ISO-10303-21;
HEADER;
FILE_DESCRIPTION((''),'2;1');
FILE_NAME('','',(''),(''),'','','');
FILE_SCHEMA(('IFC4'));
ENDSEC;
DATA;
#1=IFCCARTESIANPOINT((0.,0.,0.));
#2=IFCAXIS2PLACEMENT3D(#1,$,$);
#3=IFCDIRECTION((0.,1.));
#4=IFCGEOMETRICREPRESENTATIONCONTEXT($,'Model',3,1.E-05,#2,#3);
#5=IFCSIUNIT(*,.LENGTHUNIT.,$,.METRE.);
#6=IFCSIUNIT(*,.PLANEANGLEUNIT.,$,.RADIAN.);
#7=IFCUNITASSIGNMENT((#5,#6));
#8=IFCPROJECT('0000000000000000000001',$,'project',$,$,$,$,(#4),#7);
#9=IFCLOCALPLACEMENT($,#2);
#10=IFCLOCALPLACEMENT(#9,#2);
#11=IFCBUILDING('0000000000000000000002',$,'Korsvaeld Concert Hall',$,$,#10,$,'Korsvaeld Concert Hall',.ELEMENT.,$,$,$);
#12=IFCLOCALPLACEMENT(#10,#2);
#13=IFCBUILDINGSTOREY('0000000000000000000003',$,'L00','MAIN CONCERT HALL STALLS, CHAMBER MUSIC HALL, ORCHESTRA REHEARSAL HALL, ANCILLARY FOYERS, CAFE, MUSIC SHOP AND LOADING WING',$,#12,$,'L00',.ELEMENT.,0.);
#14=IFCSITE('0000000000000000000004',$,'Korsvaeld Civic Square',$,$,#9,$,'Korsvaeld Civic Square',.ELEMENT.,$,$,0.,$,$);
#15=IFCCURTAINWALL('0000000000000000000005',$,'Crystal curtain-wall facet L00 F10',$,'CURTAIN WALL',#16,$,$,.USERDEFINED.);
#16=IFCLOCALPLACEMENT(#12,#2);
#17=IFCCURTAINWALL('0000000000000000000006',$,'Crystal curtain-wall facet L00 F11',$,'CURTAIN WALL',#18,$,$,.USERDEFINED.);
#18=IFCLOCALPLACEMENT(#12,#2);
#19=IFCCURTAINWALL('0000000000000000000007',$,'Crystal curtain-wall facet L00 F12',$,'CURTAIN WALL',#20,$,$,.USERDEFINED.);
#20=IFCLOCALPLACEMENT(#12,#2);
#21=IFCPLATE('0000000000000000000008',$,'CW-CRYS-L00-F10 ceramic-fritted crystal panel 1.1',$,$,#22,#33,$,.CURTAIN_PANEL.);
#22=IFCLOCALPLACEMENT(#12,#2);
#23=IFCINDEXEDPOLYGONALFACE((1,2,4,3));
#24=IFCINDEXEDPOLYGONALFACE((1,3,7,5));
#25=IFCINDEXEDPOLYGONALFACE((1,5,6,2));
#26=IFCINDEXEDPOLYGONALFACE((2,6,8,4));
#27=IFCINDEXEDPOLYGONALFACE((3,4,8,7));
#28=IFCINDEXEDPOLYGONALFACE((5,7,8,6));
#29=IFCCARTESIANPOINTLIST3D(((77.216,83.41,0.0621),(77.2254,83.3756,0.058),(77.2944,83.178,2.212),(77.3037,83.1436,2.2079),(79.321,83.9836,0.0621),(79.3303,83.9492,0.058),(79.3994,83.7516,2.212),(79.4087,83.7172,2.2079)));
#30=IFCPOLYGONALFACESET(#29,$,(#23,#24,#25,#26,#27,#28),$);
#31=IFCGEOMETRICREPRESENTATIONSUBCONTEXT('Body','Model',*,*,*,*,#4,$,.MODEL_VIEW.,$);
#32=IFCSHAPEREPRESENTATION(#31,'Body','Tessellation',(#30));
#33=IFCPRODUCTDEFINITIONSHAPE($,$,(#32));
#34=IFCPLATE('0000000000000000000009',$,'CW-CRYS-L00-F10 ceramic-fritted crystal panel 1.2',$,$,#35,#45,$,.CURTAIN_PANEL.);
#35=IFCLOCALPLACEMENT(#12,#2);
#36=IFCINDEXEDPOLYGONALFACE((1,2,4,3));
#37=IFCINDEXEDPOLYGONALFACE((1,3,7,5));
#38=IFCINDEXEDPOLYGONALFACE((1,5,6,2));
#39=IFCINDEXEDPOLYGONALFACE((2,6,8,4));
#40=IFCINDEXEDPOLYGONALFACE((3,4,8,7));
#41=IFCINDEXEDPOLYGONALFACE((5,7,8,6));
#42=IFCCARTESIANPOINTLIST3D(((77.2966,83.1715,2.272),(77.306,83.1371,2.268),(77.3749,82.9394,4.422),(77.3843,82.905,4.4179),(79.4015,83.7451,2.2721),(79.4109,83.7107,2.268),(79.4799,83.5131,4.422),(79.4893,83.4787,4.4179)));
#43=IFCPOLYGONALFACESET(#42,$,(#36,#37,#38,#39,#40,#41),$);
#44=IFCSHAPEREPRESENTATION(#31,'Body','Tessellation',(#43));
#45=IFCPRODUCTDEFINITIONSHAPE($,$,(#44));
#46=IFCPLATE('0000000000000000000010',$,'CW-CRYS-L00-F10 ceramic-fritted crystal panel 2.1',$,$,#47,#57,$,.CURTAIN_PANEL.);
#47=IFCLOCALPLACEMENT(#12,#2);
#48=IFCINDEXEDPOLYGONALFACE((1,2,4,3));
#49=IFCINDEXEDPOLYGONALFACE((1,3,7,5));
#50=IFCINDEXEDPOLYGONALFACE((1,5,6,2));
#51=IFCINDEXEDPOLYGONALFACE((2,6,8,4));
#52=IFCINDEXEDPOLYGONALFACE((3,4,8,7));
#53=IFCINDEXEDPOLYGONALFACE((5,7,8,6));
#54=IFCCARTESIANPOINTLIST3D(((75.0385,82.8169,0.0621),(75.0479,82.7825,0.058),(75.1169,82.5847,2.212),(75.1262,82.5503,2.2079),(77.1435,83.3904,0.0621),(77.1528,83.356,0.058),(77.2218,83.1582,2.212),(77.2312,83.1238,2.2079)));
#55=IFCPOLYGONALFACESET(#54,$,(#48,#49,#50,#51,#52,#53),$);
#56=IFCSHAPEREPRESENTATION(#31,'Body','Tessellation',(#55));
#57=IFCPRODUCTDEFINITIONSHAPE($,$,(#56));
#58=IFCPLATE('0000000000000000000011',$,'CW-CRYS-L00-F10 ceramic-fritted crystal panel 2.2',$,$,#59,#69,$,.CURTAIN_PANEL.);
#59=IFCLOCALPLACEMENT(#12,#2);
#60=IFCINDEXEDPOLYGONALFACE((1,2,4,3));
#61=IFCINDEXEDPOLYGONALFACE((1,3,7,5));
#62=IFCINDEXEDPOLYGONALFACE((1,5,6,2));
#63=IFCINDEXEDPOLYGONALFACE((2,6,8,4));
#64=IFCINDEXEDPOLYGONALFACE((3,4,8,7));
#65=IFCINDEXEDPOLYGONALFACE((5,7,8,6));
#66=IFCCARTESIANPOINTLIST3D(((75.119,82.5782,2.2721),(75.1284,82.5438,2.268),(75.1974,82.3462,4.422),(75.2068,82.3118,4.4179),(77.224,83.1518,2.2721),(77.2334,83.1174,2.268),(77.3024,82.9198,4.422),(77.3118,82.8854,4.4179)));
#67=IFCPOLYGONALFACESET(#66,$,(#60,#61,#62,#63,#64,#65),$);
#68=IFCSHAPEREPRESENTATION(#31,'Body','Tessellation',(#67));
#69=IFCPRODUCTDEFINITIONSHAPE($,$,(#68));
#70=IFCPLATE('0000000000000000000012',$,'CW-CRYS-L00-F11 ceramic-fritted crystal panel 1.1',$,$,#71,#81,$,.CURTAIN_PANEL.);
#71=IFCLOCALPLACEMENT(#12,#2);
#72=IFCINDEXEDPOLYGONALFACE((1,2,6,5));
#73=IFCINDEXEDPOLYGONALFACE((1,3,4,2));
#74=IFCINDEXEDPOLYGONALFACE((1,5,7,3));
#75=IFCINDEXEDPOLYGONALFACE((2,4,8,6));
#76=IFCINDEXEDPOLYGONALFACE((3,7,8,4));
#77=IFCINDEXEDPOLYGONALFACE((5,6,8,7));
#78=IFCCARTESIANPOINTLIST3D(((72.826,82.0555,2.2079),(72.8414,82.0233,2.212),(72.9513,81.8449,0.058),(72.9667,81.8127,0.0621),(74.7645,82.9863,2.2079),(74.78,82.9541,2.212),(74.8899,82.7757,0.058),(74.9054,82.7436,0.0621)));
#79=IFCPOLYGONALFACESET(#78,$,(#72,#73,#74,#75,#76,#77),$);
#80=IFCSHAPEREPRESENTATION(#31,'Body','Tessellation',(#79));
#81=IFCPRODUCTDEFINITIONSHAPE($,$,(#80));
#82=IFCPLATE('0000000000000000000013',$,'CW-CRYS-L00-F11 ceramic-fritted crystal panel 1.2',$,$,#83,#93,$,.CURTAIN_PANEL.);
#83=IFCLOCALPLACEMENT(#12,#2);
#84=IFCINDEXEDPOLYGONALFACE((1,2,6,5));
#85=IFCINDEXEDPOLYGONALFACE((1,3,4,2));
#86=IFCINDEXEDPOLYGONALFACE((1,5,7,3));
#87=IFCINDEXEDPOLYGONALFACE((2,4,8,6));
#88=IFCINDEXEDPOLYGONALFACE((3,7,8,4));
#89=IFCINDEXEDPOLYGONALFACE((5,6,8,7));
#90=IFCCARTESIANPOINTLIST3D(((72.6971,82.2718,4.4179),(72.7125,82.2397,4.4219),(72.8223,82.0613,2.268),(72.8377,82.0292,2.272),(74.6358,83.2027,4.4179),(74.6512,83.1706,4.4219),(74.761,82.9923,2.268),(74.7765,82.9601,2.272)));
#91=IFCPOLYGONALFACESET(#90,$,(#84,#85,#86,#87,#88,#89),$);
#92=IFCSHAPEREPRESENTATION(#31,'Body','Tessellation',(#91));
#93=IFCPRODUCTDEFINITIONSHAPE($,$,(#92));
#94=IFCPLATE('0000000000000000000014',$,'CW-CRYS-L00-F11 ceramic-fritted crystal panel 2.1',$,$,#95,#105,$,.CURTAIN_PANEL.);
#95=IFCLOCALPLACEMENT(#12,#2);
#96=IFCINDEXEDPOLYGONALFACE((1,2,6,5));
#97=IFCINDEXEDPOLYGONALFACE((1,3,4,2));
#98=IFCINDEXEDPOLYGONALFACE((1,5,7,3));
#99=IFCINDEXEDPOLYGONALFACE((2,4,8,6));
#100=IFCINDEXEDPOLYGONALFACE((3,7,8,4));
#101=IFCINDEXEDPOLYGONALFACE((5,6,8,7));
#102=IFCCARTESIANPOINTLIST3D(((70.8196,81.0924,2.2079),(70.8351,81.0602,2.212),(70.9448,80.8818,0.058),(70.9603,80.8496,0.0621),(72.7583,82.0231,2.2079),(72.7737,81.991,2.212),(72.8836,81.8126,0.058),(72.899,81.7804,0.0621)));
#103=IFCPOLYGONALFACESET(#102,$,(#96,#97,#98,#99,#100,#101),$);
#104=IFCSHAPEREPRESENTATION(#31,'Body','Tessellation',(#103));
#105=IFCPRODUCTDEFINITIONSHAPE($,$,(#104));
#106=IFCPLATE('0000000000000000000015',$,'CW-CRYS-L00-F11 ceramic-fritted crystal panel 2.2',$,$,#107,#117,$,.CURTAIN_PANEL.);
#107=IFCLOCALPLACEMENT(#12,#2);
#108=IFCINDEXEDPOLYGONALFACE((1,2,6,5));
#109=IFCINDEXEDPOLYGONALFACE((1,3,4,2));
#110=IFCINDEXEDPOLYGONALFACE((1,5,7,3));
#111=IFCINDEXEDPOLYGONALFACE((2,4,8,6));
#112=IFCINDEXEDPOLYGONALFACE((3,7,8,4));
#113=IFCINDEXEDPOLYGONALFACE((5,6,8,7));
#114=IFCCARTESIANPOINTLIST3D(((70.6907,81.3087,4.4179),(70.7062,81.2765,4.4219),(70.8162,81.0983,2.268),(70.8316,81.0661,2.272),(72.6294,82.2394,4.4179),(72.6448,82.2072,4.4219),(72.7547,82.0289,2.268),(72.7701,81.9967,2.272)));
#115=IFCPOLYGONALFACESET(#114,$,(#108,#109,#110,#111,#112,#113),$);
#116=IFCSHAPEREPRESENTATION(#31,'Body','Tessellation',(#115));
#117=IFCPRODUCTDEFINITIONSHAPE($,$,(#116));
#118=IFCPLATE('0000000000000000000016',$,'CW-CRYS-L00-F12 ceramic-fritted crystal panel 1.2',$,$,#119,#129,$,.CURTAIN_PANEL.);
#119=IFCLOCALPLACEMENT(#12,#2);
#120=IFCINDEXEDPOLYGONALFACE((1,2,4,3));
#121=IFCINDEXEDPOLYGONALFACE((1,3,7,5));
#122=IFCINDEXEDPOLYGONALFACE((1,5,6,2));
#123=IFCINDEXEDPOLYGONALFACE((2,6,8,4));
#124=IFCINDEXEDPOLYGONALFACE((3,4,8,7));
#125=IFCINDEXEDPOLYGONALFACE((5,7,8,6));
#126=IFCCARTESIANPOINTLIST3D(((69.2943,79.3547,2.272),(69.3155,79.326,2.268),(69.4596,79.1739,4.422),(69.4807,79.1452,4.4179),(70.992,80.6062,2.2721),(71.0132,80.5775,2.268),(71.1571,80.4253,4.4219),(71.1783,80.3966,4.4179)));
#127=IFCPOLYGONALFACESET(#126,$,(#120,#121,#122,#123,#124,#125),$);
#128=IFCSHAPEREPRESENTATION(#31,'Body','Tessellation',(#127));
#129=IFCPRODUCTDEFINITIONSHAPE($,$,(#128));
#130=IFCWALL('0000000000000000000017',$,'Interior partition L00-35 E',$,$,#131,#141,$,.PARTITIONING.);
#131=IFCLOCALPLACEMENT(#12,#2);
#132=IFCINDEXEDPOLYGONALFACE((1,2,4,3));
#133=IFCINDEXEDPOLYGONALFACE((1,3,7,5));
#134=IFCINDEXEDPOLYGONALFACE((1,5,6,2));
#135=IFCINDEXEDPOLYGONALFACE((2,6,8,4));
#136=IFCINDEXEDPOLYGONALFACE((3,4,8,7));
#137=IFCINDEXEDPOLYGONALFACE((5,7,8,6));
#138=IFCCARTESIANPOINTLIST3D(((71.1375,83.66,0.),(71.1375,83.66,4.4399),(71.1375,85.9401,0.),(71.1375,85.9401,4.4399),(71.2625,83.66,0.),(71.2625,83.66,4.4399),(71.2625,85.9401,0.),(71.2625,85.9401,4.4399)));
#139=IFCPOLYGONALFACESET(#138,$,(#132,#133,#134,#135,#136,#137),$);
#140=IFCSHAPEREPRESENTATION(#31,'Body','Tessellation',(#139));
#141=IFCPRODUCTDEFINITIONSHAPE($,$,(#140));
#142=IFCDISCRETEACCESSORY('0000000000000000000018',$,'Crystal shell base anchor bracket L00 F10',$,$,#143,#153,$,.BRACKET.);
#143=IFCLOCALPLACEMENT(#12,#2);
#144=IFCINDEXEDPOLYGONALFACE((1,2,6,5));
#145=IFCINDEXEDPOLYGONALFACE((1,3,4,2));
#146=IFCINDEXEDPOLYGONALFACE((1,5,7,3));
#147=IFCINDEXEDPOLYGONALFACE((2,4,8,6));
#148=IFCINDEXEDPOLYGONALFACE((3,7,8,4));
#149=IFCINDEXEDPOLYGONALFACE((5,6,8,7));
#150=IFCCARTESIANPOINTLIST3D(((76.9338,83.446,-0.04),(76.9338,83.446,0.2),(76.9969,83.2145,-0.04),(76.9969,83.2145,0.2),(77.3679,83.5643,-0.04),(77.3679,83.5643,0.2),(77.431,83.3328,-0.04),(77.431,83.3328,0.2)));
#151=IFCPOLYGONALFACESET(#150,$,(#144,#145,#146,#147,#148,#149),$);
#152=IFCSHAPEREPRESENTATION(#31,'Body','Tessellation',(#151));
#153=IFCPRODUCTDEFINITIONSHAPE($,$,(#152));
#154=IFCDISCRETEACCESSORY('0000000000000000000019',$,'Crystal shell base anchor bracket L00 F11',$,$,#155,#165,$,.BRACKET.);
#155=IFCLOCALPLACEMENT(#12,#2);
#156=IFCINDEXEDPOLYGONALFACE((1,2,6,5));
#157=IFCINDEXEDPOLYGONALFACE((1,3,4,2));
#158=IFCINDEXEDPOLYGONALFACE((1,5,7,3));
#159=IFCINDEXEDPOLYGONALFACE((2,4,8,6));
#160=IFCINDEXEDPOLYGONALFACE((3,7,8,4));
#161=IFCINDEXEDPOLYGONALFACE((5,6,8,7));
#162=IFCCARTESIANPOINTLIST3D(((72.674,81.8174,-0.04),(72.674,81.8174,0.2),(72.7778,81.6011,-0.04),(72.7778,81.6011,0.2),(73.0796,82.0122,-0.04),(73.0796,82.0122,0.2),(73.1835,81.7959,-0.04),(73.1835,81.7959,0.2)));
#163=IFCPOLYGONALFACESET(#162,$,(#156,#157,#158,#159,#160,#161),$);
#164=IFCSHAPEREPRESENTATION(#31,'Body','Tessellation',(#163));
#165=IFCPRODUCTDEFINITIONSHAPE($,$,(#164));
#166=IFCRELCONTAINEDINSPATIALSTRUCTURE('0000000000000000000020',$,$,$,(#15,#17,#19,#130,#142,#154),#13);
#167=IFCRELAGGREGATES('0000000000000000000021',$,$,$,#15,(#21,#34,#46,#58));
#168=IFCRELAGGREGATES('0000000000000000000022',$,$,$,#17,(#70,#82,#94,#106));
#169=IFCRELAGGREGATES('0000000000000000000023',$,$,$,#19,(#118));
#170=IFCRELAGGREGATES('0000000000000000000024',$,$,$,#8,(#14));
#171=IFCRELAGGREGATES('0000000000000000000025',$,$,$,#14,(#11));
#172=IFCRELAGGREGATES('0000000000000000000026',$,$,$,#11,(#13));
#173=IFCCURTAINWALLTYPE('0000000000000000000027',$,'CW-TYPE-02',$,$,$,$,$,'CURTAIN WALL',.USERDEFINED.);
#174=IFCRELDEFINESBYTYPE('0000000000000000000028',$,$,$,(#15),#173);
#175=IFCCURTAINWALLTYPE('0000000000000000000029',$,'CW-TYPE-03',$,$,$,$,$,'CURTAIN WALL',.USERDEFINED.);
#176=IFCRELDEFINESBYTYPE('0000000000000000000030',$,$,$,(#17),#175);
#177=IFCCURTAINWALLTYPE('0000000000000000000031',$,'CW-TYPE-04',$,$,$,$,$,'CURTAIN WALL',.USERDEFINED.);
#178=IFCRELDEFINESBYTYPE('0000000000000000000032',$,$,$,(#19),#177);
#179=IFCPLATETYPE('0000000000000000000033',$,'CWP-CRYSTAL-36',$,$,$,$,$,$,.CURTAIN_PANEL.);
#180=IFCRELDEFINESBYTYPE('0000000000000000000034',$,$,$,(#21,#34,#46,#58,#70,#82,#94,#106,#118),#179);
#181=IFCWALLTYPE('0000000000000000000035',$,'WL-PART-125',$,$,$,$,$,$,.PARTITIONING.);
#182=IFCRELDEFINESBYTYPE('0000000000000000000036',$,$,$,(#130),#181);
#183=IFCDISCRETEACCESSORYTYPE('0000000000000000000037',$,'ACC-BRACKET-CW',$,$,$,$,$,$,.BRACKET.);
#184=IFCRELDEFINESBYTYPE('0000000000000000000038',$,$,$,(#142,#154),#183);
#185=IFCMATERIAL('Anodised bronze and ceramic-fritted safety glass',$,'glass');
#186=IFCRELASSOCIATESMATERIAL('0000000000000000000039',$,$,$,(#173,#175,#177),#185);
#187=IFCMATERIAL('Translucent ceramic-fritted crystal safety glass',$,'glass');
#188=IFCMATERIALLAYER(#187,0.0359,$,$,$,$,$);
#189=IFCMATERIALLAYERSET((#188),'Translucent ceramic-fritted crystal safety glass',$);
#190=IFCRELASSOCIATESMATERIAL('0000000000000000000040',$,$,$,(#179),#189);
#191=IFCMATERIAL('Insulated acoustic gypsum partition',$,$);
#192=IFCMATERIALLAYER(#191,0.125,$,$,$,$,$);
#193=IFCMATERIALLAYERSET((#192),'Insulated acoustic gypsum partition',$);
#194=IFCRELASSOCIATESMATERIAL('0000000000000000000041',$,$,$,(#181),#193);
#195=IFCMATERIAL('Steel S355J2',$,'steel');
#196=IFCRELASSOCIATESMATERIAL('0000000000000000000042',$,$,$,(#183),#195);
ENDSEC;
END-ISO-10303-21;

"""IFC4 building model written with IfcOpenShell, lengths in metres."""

from ifc_helpers import new_model, si_unit, direction, frame, frame_2d, origin, origin_2d, place, context, subcontext, project, spatial, polyline, rectangle, outline, extrude, material, layer, layer_set, type_object, element, aggregate, save


model = new_model("IFC4")

# Units and contexts
model_context = context("Model", 3, precision=1e-05, world=origin(), true_north=direction((0.0, 1.0)))
body_context = subcontext(model_context, "Body", "Model", "MODEL_VIEW")
ifc_project = project(units=[si_unit("LENGTHUNIT", "METRE"), si_unit("PLANEANGLEUNIT", "RADIAN")], contexts=[model_context])

# Site, building, storey
site_placement = place(None, origin())
site = spatial("IfcSite", under=ifc_project, at=site_placement, Name="Korsvaeld Civic Square", LongName="Korsvaeld Civic Square", CompositionType="ELEMENT", RefElevation=0.0)
building_placement = place(site_placement, origin())
building = spatial("IfcBuilding", under=site, at=building_placement, Name="Korsvaeld Concert Hall", LongName="Korsvaeld Concert Hall", CompositionType="ELEMENT")
storey_placement = place(building_placement, origin())
storey = spatial("IfcBuildingStorey", under=building, at=storey_placement, Name="L00", Description="MAIN CONCERT HALL STALLS, CHAMBER MUSIC HALL, ORCHESTRA REHEARSAL HALL, ANCILLARY FOYERS, CAFE, MUSIC SHOP AND LOADING WING", LongName="L00", CompositionType="ELEMENT", Elevation=0.0)

# Curtain wall
ifc_material_1 = material(Name="Anodised bronze and ceramic-fritted safety glass", Category="glass")
curtain_wall_type_1 = type_object("IfcCurtainWallType", Name="CW-TYPE-02", ElementType="CURTAIN WALL", PredefinedType="USERDEFINED", material=ifc_material_1)
curtain_wall_1_placement = place(storey_placement, origin())
curtain_wall_1 = element("IfcCurtainWall", 1, at=curtain_wall_1_placement, inside=storey, type_object=curtain_wall_type_1, Name="Crystal curtain-wall facet L00 F10", ObjectType="CURTAIN WALL", PredefinedType="USERDEFINED")

# Curtain wall
curtain_wall_type_2 = type_object("IfcCurtainWallType", Name="CW-TYPE-03", ElementType="CURTAIN WALL", PredefinedType="USERDEFINED", material=ifc_material_1)
curtain_wall_2_placement = place(storey_placement, origin())
curtain_wall_2 = element("IfcCurtainWall", 2, at=curtain_wall_2_placement, inside=storey, type_object=curtain_wall_type_2, Name="Crystal curtain-wall facet L00 F11", ObjectType="CURTAIN WALL", PredefinedType="USERDEFINED")

# Curtain wall
curtain_wall_type_3 = type_object("IfcCurtainWallType", Name="CW-TYPE-04", ElementType="CURTAIN WALL", PredefinedType="USERDEFINED", material=ifc_material_1)
curtain_wall_3_placement = place(storey_placement, origin())
curtain_wall_3 = element("IfcCurtainWall", 3, at=curtain_wall_3_placement, inside=storey, type_object=curtain_wall_type_3, Name="Crystal curtain-wall facet L00 F12", ObjectType="CURTAIN WALL", PredefinedType="USERDEFINED")

# Plates
ifc_material_2 = material(Name="Translucent ceramic-fritted crystal safety glass", Category="glass")
ifc_layer_1 = layer(ifc_material_2, 0.0359)
ifc_layer_set_1 = layer_set([ifc_layer_1], Name="Translucent ceramic-fritted crystal safety glass")
plate_type = type_object("IfcPlateType", Name="CWP-CRYSTAL-36", PredefinedType="CURTAIN_PANEL", material=ifc_layer_set_1)
plate_1_placement = place(storey_placement, frame((79.3257, 83.9663, 0.0601), z_axis=(-0.26123, 0.95864, 0.112996), x_axis=(-0.96482, -0.262913, -0.000006)))
plate_1 = element("IfcPlate", 4, at=plate_1_placement, type_object=plate_type, Name="CW-CRYS-L00-F10 ceramic-fritted crystal panel 1.1", PredefinedType="CURTAIN_PANEL", context=body_context, shape_type="SweptSolid", body=[
    extrude(outline(polyline([(0.0, 0.0), (2.1817, 0.0), (2.1671, 2.1638), (-0.0146, 2.1637), (0.0, 0.0)])), frame((0.0, 0.0, 0.0181)), (0.0, 0.0, -1.0), 0.0359),
])
plate_2_placement = place(storey_placement, frame((79.4062, 83.7278, 2.27), z_axis=(-0.26123, 0.95864, 0.112996), x_axis=(-0.96482, -0.262913, -0.000006)))
plate_2 = element("IfcPlate", 5, at=plate_2_placement, type_object=plate_type, Name="CW-CRYS-L00-F10 ceramic-fritted crystal panel 1.2", PredefinedType="CURTAIN_PANEL", context=body_context, shape_type="SweptSolid", body=[
    extrude(outline(polyline([(0.0, 0.0), (2.1817, 0.0), (2.1671, 2.1638), (-0.0146, 2.1637), (0.0, 0.0)])), frame((0.0, 0.0, 0.0181)), (0.0, 0.0, -1.0), 0.0359),
])
plate_3_placement = place(storey_placement, frame((77.1482, 83.373, 0.0601), z_axis=(-0.261177, 0.958648, 0.113049), x_axis=(-0.964834, -0.262862, 0.0)))
plate_3 = element("IfcPlate", 6, at=plate_3_placement, type_object=plate_type, Name="CW-CRYS-L00-F10 ceramic-fritted crystal panel 2.1", PredefinedType="CURTAIN_PANEL", context=body_context, shape_type="SweptSolid", body=[
    extrude(outline(polyline([(0.0, 0.0), (2.1817, 0.0), (2.1671, 2.1638), (-0.0146, 2.1638), (0.0, 0.0)])), frame((0.0, 0.0, 0.0181)), (0.0, 0.0, -1.0), 0.0359),
])
plate_4_placement = place(storey_placement, frame((77.2288, 83.1345, 2.27), z_axis=(-0.26123, 0.95864, 0.112996), x_axis=(-0.964819, -0.262914, 0.000006)))
plate_4 = element("IfcPlate", 7, at=plate_4_placement, type_object=plate_type, Name="CW-CRYS-L00-F10 ceramic-fritted crystal panel 2.2", PredefinedType="CURTAIN_PANEL", context=body_context, shape_type="SweptSolid", body=[
    extrude(outline(polyline([(0.0, 0.0), (2.1818, 0.0), (2.1671, 2.1637), (-0.0146, 2.1638), (0.0, 0.0)])), frame((0.0, 0.0, 0.0181)), (0.0, 0.0, -1.0), 0.0359),
])
aggregate(curtain_wall_1, [plate_1, plate_2, plate_3, plate_4])
plate_5_placement = place(storey_placement, frame((74.8977, 82.7595, 0.0601), z_axis=(-0.430066, 0.895722, -0.112809), x_axis=(-0.901477, -0.432828, 0.000008)))
plate_5 = element("IfcPlate", 8, at=plate_5_placement, type_object=plate_type, Name="CW-CRYS-L00-F11 ceramic-fritted crystal panel 1.1", PredefinedType="CURTAIN_PANEL", context=body_context, shape_type="SweptSolid", body=[
    extrude(outline(polyline([(0.0, 0.0), (2.1505, 0.0), (2.1724, 2.1637), (0.0219, 2.1637), (0.0, 0.0)])), frame((0.0, 0.0, 0.0181)), (0.0, 0.0, -1.0), 0.0359),
])
plate_6_placement = place(storey_placement, frame((74.7688, 82.9761, 2.27), z_axis=(-0.430093, 0.895718, -0.112735), x_axis=(-0.901465, -0.432853, 0.0)))
plate_6 = element("IfcPlate", 9, at=plate_6_placement, type_object=plate_type, Name="CW-CRYS-L00-F11 ceramic-fritted crystal panel 1.2", PredefinedType="CURTAIN_PANEL", context=body_context, shape_type="SweptSolid", body=[
    extrude(outline(polyline([(0.0, 0.0), (2.1506, 0.0), (2.1724, 2.1637), (0.0218, 2.1637), (0.0, 0.0)])), frame((0.0, 0.0, 0.0181)), (0.0, 0.0, -1.0), 0.0359),
])
plate_7_placement = place(storey_placement, frame((72.8914, 81.7964, 0.0601), z_axis=(-0.430045, 0.895735, -0.112785), x_axis=(-0.901486, -0.432807, -0.000006)))
plate_7 = element("IfcPlate", 10, at=plate_7_placement, type_object=plate_type, Name="CW-CRYS-L00-F11 ceramic-fritted crystal panel 2.1", PredefinedType="CURTAIN_PANEL", context=body_context, shape_type="SweptSolid", body=[
    extrude(outline(polyline([(0.0, 0.0), (2.1506, 0.0), (2.1723, 2.1637), (0.0218, 2.1637), (0.0, 0.0)])), frame((0.0, 0.0, 0.0181)), (0.0, 0.0, -1.0), 0.0359),
])
plate_8_placement = place(storey_placement, frame((72.7625, 82.0127, 2.27), z_axis=(-0.430023, 0.895749, -0.112759), x_axis=(-0.901498, -0.432783, -0.000003)))
plate_8 = element("IfcPlate", 11, at=plate_8_placement, type_object=plate_type, Name="CW-CRYS-L00-F11 ceramic-fritted crystal panel 2.2", PredefinedType="CURTAIN_PANEL", context=body_context, shape_type="SweptSolid", body=[
    extrude(outline(polyline([(0.0, 0.0), (2.1503, 0.0), (2.1724, 2.1637), (0.0218, 2.1637), (0.0, 0.0)])), frame((0.0, 0.0, 0.0181)), (0.0, 0.0, -1.0), 0.0359),
])
aggregate(curtain_wall_2, [plate_5, plate_6, plate_7, plate_8])
plate_9_placement = place(storey_placement, frame((71.0027, 80.5918, 2.27), z_axis=(-0.589603, 0.799806, 0.112596), x_axis=(-0.804925, -0.593376, -0.000004)))
plate_9 = element("IfcPlate", 12, at=plate_9_placement, type_object=plate_type, Name="CW-CRYS-L00-F12 ceramic-fritted crystal panel 1.2", PredefinedType="CURTAIN_PANEL", context=body_context, shape_type="SweptSolid", body=[
    extrude(outline(polyline([(0.0, 0.0), (2.1092, 0.0), (2.0835, 2.1637), (-0.0255, 2.1637), (0.0, 0.0)])), frame((0.0, 0.0, 0.0181)), (0.0, 0.0, -1.0), 0.0359),
])
aggregate(curtain_wall_3, [plate_9])

# Wall
ifc_material_3 = material(Name="Insulated acoustic gypsum partition")
ifc_layer_2 = layer(ifc_material_3, 0.125)
ifc_layer_set_2 = layer_set([ifc_layer_2], Name="Insulated acoustic gypsum partition")
wall_type = type_object("IfcWallType", Name="WL-PART-125", PredefinedType="PARTITIONING", material=ifc_layer_set_2)
wall_placement = place(storey_placement, frame((71.2, 83.6599, 0.0), z_axis=(0.0, 0.0, 1.0), x_axis=(0.0, 1.0, 0.0)))
element("IfcWall", 13, at=wall_placement, inside=storey, type_object=wall_type, Name="Interior partition L00-35 E", PredefinedType="PARTITIONING", context=body_context, shape_type="SweptSolid", body=[
    extrude(rectangle(XDim=2.28, YDim=0.125, at=frame_2d((1.1401, 0.0))), origin(), (0.0, 0.0, 1.0), 4.4399),
])

# Discrete accessories
ifc_material_4 = material(Name="Steel S355J2", Category="steel")
discrete_accessory_type = type_object("IfcDiscreteAccessoryType", Name="ACC-BRACKET-CW", PredefinedType="BRACKET", material=ifc_material_4)
for number, where, z_axis, x_axis, name in (
    (14, (77.1824, 83.3894, -0.04), (0.0, 0.0, 1.0), (-0.964833, -0.262863, 0.0), "Crystal shell base anchor bracket L00 F10"),
    (15, (72.9287, 81.8066, -0.04), (0.0, 0.0, 1.0), (-0.901455, -0.432873, 0.0), "Crystal shell base anchor bracket L00 F11"),
):
    element("IfcDiscreteAccessory", number, at=place(storey_placement, frame(where, z_axis=z_axis, x_axis=x_axis)), inside=storey, type_object=discrete_accessory_type, Name=name, PredefinedType="BRACKET", context=body_context, shape_type="SweptSolid", body=[
        extrude(rectangle(XDim=0.45, YDim=0.24, at=origin_2d()), origin(), (0.0, 0.0, 1.0), 0.24),
    ])

save(model, "model.ifc")
